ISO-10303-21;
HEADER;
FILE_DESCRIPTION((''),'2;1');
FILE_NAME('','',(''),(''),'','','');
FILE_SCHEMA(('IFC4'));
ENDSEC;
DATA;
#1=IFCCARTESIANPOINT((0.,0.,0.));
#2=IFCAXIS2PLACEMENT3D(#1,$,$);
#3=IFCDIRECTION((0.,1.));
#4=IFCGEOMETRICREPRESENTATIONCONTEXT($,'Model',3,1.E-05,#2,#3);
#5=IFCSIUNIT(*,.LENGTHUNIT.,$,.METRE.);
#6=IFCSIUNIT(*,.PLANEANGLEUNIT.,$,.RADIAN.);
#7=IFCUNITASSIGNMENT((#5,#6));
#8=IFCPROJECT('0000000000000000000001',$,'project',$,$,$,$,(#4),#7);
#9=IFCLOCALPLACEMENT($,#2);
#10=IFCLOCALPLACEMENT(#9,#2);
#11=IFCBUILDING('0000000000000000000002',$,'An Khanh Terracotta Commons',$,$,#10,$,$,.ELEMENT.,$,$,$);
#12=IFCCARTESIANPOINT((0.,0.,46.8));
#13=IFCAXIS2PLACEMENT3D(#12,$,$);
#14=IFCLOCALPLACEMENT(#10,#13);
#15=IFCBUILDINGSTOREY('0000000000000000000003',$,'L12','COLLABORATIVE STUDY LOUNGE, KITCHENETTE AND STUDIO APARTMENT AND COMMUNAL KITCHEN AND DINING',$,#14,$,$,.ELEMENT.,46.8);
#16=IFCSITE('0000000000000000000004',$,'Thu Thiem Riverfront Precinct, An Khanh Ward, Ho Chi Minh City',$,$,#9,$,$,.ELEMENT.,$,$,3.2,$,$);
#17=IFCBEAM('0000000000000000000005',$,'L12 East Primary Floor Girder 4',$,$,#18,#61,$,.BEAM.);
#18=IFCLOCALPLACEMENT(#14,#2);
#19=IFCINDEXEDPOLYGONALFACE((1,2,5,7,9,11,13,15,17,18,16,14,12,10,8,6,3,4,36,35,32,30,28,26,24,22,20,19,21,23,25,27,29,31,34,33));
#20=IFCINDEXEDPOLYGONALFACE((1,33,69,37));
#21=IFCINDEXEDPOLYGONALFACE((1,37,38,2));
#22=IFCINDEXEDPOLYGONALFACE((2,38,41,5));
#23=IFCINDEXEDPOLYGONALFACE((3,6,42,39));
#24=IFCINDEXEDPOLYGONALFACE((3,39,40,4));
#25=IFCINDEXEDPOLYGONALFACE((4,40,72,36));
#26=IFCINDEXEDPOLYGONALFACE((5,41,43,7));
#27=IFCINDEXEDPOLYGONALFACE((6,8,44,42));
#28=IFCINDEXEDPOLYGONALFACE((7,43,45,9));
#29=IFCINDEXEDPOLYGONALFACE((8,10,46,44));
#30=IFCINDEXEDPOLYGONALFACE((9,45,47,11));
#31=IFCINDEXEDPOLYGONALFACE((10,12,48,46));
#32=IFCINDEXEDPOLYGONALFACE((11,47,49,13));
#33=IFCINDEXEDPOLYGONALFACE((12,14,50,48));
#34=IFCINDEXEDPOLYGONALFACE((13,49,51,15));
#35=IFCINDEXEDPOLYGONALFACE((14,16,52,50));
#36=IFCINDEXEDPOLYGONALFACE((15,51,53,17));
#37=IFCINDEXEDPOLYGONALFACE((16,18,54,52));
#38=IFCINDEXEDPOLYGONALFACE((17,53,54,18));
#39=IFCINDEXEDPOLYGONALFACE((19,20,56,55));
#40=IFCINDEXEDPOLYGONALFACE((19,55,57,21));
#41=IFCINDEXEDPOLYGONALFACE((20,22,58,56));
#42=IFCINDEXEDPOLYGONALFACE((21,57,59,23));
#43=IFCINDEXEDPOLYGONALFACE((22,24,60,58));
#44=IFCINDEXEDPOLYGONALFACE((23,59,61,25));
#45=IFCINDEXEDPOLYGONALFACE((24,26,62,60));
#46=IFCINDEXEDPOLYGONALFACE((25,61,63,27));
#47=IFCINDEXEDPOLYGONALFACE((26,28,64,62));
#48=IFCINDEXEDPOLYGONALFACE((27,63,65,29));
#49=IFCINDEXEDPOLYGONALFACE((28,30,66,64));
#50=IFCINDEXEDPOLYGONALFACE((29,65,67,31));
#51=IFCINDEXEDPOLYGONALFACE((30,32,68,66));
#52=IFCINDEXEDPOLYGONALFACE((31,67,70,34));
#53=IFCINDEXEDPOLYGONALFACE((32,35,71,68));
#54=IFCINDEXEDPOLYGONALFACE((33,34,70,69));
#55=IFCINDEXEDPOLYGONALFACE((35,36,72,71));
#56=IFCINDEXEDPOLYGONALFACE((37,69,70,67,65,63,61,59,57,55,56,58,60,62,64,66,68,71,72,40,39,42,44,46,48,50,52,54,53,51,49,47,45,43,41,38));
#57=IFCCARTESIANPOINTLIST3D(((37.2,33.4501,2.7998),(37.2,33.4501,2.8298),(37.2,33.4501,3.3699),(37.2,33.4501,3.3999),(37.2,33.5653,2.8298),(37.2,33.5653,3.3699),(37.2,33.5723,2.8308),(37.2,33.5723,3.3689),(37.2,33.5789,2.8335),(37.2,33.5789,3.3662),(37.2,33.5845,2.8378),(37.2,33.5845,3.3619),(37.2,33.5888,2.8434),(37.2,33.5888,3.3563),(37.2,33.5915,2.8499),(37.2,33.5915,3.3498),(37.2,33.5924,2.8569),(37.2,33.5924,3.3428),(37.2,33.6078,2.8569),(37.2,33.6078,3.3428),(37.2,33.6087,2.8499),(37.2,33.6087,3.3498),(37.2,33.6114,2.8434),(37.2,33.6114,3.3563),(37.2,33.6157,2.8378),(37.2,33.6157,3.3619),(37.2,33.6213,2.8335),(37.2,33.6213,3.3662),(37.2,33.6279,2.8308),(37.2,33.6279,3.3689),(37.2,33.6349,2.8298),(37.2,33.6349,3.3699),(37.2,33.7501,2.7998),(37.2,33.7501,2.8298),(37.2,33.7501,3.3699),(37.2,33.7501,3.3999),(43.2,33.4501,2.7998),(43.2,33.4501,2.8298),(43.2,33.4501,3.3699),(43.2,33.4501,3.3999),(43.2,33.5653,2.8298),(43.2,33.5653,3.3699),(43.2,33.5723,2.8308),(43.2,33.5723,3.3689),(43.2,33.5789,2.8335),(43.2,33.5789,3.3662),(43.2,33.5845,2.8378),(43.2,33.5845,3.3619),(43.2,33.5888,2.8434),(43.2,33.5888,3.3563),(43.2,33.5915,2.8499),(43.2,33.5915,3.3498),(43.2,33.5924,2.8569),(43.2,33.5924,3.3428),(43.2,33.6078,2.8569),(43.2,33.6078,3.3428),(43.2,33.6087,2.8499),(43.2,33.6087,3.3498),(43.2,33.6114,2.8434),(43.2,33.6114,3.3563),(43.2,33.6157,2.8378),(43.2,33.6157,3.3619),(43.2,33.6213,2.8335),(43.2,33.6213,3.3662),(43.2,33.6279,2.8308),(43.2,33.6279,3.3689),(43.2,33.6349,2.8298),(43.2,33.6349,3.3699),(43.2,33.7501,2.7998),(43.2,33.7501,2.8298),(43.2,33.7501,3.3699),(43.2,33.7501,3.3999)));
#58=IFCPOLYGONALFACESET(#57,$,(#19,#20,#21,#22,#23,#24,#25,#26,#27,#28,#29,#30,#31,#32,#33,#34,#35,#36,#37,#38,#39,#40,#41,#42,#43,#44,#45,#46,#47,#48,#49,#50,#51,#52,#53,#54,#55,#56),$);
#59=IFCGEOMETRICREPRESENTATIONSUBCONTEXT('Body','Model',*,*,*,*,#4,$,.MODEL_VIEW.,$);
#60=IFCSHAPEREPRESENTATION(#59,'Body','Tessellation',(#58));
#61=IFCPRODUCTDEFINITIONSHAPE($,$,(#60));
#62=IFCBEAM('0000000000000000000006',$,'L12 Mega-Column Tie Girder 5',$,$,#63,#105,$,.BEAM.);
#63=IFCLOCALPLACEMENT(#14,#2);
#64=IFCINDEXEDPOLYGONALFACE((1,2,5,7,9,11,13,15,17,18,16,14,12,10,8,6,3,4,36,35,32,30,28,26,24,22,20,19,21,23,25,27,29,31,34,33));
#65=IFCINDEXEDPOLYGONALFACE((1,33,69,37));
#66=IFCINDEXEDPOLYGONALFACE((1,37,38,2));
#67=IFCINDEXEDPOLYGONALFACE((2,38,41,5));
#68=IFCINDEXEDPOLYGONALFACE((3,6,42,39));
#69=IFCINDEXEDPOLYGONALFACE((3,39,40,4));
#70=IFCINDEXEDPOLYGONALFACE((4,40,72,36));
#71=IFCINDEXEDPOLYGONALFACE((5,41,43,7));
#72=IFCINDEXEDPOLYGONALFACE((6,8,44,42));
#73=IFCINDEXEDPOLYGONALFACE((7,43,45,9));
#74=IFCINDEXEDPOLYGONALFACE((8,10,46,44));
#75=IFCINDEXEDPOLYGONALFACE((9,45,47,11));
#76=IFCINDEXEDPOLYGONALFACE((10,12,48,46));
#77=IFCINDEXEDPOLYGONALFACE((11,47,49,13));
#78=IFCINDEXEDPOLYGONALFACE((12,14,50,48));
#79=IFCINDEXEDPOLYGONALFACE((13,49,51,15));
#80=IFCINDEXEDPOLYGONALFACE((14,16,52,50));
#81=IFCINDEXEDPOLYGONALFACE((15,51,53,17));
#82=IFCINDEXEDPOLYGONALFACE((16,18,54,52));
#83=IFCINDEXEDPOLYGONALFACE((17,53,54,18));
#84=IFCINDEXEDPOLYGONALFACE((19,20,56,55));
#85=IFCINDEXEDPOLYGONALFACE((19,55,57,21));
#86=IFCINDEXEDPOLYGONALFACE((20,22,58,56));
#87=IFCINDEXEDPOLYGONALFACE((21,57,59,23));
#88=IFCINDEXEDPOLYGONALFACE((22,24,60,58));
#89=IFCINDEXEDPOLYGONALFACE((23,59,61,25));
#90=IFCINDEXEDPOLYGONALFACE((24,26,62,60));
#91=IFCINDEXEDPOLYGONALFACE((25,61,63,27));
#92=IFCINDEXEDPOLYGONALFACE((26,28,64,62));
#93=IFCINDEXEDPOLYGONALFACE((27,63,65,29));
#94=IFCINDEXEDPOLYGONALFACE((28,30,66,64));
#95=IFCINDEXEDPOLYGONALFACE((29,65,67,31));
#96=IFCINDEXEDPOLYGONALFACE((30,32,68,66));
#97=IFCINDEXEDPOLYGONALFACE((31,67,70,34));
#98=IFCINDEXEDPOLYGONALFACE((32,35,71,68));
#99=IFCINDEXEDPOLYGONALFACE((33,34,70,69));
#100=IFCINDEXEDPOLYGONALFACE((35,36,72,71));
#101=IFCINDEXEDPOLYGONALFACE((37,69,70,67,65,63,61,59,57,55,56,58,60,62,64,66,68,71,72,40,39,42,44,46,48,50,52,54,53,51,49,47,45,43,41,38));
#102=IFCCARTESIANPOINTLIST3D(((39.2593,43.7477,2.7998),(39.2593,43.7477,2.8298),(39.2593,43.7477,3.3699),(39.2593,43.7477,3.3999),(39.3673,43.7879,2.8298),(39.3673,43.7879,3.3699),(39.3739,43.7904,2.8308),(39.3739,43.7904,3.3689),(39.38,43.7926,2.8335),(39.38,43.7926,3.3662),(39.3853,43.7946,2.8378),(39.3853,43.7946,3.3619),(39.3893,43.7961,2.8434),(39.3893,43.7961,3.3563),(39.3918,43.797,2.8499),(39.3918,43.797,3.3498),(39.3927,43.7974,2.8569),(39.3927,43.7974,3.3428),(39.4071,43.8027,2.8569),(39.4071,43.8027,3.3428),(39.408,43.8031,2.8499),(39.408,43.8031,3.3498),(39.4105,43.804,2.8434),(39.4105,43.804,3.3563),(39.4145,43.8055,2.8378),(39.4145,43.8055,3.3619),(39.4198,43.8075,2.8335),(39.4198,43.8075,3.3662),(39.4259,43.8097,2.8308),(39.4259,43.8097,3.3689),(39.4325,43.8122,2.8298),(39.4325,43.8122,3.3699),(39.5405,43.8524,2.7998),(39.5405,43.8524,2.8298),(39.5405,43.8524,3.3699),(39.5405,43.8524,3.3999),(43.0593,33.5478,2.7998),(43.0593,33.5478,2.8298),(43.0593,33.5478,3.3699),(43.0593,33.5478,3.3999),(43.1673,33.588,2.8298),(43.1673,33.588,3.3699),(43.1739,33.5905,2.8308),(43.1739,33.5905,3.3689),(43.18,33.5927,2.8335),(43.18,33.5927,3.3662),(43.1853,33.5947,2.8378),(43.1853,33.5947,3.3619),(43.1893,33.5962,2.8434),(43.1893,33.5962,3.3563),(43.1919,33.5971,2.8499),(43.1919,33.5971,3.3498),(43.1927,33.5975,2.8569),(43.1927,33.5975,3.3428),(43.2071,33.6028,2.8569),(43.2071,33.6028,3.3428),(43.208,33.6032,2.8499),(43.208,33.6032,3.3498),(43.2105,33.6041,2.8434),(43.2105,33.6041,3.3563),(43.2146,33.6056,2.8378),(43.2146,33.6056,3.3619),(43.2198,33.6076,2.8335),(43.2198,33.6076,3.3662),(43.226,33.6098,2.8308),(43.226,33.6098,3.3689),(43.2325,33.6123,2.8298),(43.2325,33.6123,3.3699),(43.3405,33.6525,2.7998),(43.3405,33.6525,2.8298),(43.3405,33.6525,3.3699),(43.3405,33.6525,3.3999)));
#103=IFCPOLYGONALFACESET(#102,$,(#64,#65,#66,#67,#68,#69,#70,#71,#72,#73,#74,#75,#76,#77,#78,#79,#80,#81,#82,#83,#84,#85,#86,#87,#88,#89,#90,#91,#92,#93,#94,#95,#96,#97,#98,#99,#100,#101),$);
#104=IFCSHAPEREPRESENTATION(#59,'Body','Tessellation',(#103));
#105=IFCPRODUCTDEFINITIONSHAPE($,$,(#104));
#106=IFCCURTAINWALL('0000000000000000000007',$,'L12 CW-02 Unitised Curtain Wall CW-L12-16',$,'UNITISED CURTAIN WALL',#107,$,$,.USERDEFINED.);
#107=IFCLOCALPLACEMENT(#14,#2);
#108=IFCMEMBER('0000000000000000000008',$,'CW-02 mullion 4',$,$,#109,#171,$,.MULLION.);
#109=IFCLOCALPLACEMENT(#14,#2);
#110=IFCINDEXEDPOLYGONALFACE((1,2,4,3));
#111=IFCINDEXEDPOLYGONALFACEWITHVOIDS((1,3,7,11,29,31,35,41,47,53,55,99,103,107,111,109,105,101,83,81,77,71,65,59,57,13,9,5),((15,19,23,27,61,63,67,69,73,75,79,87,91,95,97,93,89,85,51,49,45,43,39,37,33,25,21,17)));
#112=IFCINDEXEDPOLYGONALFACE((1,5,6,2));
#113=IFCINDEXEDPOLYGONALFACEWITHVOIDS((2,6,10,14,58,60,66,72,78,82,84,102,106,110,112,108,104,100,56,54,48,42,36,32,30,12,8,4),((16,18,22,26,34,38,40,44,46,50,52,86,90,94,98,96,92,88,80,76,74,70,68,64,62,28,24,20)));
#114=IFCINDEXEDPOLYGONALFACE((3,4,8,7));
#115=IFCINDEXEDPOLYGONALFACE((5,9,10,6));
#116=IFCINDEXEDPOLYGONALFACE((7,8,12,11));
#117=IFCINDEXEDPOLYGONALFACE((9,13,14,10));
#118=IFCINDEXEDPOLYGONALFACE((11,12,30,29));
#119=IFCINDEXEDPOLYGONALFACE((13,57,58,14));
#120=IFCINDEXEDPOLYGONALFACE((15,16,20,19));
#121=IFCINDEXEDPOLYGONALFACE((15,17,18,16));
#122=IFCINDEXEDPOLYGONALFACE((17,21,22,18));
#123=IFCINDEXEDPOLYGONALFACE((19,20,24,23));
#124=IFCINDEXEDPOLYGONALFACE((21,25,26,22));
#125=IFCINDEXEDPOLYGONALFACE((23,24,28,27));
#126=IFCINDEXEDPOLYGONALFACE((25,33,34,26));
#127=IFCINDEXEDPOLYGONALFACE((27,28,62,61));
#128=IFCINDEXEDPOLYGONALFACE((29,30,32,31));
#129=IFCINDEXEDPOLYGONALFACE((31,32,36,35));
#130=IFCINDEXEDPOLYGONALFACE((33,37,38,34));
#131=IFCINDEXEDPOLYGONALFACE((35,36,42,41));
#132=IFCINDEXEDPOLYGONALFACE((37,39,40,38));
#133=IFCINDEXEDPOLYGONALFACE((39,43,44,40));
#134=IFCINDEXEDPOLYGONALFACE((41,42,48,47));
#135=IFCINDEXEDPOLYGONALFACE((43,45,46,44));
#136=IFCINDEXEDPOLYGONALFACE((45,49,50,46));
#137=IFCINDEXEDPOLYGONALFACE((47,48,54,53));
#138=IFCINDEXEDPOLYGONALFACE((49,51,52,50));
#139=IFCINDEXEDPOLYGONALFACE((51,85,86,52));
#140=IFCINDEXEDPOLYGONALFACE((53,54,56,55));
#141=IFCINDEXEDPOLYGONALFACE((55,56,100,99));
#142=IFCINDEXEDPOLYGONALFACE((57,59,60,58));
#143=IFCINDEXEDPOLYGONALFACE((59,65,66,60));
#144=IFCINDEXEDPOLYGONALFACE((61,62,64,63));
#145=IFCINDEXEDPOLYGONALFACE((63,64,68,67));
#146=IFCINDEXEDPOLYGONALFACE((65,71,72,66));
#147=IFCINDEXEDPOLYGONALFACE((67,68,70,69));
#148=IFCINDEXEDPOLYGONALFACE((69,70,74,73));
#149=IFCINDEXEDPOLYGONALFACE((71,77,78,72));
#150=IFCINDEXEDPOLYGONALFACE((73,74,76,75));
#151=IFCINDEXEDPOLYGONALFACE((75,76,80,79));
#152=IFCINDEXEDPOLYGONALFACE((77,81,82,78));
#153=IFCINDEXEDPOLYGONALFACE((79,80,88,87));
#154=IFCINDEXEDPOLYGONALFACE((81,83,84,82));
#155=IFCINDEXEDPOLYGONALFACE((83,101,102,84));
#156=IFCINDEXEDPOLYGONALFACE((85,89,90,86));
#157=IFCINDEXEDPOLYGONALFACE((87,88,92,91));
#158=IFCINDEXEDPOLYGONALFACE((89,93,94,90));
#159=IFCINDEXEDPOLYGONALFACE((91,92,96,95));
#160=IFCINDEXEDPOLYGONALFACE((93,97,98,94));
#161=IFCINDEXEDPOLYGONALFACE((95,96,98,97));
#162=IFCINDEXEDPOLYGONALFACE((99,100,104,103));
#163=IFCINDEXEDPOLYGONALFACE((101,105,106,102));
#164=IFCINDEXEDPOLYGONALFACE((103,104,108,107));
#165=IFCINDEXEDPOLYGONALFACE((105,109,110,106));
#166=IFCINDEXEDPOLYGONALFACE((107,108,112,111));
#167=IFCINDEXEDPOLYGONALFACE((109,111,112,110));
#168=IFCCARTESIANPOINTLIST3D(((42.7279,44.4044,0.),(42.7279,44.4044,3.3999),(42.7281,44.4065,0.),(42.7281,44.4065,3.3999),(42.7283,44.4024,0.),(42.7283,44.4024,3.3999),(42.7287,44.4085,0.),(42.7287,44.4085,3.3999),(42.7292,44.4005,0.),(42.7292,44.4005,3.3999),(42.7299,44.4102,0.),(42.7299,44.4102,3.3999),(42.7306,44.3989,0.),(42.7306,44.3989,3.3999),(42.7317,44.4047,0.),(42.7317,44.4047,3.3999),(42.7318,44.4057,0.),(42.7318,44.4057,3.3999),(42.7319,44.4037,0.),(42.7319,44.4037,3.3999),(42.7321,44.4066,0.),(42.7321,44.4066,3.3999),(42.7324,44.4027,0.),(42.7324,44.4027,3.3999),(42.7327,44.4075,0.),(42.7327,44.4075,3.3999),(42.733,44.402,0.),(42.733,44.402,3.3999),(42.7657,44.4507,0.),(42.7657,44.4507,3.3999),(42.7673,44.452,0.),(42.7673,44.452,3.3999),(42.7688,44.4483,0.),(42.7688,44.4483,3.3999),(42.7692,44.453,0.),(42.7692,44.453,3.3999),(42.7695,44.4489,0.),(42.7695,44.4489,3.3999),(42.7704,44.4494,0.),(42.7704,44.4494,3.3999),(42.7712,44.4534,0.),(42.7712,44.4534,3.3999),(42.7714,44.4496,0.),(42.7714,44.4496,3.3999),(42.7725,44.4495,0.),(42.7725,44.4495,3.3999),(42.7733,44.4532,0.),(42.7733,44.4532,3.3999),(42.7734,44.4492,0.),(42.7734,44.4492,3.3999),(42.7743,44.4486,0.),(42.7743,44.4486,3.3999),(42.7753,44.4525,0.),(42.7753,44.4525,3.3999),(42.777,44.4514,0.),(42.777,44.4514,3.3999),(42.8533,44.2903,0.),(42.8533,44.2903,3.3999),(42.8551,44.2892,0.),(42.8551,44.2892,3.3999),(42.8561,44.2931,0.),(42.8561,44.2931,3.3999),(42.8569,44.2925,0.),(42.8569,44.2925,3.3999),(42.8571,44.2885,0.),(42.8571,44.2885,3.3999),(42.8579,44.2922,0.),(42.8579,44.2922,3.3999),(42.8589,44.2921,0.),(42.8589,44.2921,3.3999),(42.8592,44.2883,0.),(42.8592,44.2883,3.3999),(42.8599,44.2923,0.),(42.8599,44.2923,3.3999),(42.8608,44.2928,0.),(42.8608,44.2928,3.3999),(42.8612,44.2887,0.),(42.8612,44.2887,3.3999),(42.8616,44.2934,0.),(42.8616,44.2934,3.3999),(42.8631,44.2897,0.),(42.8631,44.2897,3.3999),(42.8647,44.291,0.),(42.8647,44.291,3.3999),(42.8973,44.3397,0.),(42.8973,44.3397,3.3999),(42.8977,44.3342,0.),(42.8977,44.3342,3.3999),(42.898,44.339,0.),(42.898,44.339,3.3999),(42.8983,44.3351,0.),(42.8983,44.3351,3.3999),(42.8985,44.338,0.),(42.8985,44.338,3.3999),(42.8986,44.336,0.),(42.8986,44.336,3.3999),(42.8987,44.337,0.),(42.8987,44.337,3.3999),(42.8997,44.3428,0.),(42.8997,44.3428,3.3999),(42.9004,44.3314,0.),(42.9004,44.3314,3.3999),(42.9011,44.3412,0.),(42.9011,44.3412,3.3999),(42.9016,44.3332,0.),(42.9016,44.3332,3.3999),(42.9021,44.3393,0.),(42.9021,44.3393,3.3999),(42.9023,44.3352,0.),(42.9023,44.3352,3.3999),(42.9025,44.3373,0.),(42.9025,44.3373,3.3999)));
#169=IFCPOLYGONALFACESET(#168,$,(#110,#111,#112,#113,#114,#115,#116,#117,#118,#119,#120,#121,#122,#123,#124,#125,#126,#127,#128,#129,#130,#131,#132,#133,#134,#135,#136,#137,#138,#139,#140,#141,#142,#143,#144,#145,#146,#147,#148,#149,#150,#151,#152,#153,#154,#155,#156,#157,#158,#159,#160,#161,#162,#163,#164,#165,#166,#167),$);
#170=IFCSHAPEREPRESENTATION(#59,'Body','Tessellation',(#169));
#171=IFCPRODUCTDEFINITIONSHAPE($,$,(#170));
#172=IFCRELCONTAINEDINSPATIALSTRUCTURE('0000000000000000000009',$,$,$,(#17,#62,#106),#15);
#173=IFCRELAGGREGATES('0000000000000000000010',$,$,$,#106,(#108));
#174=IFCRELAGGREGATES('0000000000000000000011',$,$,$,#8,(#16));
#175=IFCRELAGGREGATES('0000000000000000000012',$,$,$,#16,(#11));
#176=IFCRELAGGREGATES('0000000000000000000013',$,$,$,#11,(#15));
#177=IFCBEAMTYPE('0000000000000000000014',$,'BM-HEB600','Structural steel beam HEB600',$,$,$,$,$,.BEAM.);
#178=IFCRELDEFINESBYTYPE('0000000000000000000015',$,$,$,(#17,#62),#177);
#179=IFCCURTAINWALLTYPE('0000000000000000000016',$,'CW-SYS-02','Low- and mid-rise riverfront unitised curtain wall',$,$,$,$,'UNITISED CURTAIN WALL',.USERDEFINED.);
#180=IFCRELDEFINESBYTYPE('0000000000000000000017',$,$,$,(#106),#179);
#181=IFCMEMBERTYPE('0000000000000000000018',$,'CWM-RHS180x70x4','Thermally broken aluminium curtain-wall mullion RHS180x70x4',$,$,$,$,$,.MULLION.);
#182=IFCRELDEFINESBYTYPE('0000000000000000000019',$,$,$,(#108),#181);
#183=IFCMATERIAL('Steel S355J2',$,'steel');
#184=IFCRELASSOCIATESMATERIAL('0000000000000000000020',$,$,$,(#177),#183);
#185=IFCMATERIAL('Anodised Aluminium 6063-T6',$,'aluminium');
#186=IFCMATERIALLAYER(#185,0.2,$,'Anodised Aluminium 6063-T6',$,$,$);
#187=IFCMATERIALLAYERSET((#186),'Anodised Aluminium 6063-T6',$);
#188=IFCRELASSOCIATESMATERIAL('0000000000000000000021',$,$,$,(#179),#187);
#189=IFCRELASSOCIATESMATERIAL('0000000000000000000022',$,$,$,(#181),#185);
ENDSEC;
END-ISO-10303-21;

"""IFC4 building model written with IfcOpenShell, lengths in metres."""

from ifc_helpers import new_model, si_unit, direction, frame, origin, origin_2d, place, context, subcontext, project, spatial, hollow_rectangle, i_section, extrude, material, layer, layer_set, material_profile, profile_set, type_object, element, aggregate, save


model = new_model("IFC4")

# Units and contexts
model_context = context("Model", 3, precision=1e-05, world=origin(), true_north=direction((0.0, 1.0)))
body_context = subcontext(model_context, "Body", "Model", "MODEL_VIEW")
ifc_project = project(units=[si_unit("LENGTHUNIT", "METRE"), si_unit("PLANEANGLEUNIT", "RADIAN")], contexts=[model_context])

# Site, building, storey
site_placement = place(None, origin())
site = spatial("IfcSite", under=ifc_project, at=site_placement, Name="Thu Thiem Riverfront Precinct, An Khanh Ward, Ho Chi Minh City", CompositionType="ELEMENT", RefElevation=3.2)
building_placement = place(site_placement, origin())
building = spatial("IfcBuilding", under=site, at=building_placement, Name="An Khanh Terracotta Commons", CompositionType="ELEMENT")
storey_placement = place(building_placement, frame((0.0, 0.0, 46.8)))
storey = spatial("IfcBuildingStorey", under=building, at=storey_placement, Name="L12", Description="COLLABORATIVE STUDY LOUNGE, KITCHENETTE AND STUDIO APARTMENT AND COMMUNAL KITCHEN AND DINING", CompositionType="ELEMENT", Elevation=46.8)

# Beams
ifc_material_1 = material(Name="Steel S355J2", Category="steel")
ifc_material_profile_1 = material_profile(ifc_material_1, i_section(OverallWidth=0.3, OverallDepth=0.6001, WebThickness=0.0154, FlangeThickness=0.03, FilletRadius=0.0271, at=origin_2d()), Name="HEB600")
ifc_profile_set_1 = profile_set([ifc_material_profile_1], Name="Steel S355J2")
beam_type_1 = type_object("IfcBeamType", Name="BM-HEB600", Description="Structural steel beam HEB600", PredefinedType="BEAM", material=ifc_profile_set_1)
beam_1_placement = place(storey_placement, frame((37.2, 33.6001, 3.0999), z_axis=(1.0, 0.0, 0.0), x_axis=(0.0, 1.0, 0.0)))
element("IfcBeam", 1, at=beam_1_placement, inside=storey, type_object=beam_type_1, Name="L12 East Primary Floor Girder 4", PredefinedType="BEAM", context=body_context, shape_type="SweptSolid", body=[
    extrude(i_section(OverallWidth=0.3, OverallDepth=0.6001, WebThickness=0.0154, FlangeThickness=0.03, FilletRadius=0.0271, at=origin_2d()), origin(), (0.0, 0.0, 1.0), 6.0),
])
beam_2_placement = place(storey_placement, frame((39.3999, 43.8, 3.0999), z_axis=(0.349114, -0.93708, 0.0), x_axis=(0.93708, 0.349114, 0.0)))
element("IfcBeam", 2, at=beam_2_placement, inside=storey, type_object=beam_type_1, Name="L12 Mega-Column Tie Girder 5", PredefinedType="BEAM", context=body_context, shape_type="SweptSolid", body=[
    extrude(i_section(OverallWidth=0.3, OverallDepth=0.6001, WebThickness=0.0154, FlangeThickness=0.03, FilletRadius=0.0271, at=origin_2d()), origin(), (0.0, 0.0, 1.0), 10.8848),
])

# Curtain wall, member
ifc_material_2 = material(Name="Anodised Aluminium 6063-T6", Category="aluminium")
ifc_layer_1 = layer(ifc_material_2, 0.2, Name="Anodised Aluminium 6063-T6")
ifc_layer_set_1 = layer_set([ifc_layer_1], Name="Anodised Aluminium 6063-T6")
curtain_wall_type = type_object("IfcCurtainWallType", Name="CW-SYS-02", Description="Low- and mid-rise riverfront unitised curtain wall", ElementType="UNITISED CURTAIN WALL", PredefinedType="USERDEFINED", material=ifc_layer_set_1)
curtain_wall_placement = place(storey_placement, origin())
curtain_wall = element("IfcCurtainWall", 3, at=curtain_wall_placement, inside=storey, type_object=curtain_wall_type, Name="L12 CW-02 Unitised Curtain Wall CW-L12-16", ObjectType="UNITISED CURTAIN WALL", PredefinedType="USERDEFINED")
ifc_material_profile_2 = material_profile(ifc_material_2, hollow_rectangle(XDim=0.0701, YDim=0.1799, WallThickness=0.0039, InnerFilletRadius=0.0039, OuterFilletRadius=0.0081, at=origin_2d()), Name="RHS180x70x4")
ifc_profile_set_2 = profile_set([ifc_material_profile_2], Name="Anodised Aluminium 6063-T6")
member_type_1 = type_object("IfcMemberType", Name="CWM-RHS180x70x4", Description="Thermally broken aluminium curtain-wall mullion RHS180x70x4", PredefinedType="MULLION", material=ifc_profile_set_2)
member_1_placement = place(storey_placement, frame((42.8152, 44.3708, 0.0), z_axis=(0.0, 0.0, 1.0), x_axis=(-0.662548, -0.749019, 0.0)))
member_1 = element("IfcMember", 4, at=member_1_placement, type_object=member_type_1, Name="CW-02 mullion 4", PredefinedType="MULLION", context=body_context, shape_type="SweptSolid", body=[
    extrude(hollow_rectangle(XDim=0.0701, YDim=0.1799, WallThickness=0.0039, InnerFilletRadius=0.0039, OuterFilletRadius=0.0081, at=origin_2d()), origin(), (0.0, 0.0, 1.0), 3.3999),
])
aggregate(curtain_wall, [member_1])

save(model, "model.ifc")
